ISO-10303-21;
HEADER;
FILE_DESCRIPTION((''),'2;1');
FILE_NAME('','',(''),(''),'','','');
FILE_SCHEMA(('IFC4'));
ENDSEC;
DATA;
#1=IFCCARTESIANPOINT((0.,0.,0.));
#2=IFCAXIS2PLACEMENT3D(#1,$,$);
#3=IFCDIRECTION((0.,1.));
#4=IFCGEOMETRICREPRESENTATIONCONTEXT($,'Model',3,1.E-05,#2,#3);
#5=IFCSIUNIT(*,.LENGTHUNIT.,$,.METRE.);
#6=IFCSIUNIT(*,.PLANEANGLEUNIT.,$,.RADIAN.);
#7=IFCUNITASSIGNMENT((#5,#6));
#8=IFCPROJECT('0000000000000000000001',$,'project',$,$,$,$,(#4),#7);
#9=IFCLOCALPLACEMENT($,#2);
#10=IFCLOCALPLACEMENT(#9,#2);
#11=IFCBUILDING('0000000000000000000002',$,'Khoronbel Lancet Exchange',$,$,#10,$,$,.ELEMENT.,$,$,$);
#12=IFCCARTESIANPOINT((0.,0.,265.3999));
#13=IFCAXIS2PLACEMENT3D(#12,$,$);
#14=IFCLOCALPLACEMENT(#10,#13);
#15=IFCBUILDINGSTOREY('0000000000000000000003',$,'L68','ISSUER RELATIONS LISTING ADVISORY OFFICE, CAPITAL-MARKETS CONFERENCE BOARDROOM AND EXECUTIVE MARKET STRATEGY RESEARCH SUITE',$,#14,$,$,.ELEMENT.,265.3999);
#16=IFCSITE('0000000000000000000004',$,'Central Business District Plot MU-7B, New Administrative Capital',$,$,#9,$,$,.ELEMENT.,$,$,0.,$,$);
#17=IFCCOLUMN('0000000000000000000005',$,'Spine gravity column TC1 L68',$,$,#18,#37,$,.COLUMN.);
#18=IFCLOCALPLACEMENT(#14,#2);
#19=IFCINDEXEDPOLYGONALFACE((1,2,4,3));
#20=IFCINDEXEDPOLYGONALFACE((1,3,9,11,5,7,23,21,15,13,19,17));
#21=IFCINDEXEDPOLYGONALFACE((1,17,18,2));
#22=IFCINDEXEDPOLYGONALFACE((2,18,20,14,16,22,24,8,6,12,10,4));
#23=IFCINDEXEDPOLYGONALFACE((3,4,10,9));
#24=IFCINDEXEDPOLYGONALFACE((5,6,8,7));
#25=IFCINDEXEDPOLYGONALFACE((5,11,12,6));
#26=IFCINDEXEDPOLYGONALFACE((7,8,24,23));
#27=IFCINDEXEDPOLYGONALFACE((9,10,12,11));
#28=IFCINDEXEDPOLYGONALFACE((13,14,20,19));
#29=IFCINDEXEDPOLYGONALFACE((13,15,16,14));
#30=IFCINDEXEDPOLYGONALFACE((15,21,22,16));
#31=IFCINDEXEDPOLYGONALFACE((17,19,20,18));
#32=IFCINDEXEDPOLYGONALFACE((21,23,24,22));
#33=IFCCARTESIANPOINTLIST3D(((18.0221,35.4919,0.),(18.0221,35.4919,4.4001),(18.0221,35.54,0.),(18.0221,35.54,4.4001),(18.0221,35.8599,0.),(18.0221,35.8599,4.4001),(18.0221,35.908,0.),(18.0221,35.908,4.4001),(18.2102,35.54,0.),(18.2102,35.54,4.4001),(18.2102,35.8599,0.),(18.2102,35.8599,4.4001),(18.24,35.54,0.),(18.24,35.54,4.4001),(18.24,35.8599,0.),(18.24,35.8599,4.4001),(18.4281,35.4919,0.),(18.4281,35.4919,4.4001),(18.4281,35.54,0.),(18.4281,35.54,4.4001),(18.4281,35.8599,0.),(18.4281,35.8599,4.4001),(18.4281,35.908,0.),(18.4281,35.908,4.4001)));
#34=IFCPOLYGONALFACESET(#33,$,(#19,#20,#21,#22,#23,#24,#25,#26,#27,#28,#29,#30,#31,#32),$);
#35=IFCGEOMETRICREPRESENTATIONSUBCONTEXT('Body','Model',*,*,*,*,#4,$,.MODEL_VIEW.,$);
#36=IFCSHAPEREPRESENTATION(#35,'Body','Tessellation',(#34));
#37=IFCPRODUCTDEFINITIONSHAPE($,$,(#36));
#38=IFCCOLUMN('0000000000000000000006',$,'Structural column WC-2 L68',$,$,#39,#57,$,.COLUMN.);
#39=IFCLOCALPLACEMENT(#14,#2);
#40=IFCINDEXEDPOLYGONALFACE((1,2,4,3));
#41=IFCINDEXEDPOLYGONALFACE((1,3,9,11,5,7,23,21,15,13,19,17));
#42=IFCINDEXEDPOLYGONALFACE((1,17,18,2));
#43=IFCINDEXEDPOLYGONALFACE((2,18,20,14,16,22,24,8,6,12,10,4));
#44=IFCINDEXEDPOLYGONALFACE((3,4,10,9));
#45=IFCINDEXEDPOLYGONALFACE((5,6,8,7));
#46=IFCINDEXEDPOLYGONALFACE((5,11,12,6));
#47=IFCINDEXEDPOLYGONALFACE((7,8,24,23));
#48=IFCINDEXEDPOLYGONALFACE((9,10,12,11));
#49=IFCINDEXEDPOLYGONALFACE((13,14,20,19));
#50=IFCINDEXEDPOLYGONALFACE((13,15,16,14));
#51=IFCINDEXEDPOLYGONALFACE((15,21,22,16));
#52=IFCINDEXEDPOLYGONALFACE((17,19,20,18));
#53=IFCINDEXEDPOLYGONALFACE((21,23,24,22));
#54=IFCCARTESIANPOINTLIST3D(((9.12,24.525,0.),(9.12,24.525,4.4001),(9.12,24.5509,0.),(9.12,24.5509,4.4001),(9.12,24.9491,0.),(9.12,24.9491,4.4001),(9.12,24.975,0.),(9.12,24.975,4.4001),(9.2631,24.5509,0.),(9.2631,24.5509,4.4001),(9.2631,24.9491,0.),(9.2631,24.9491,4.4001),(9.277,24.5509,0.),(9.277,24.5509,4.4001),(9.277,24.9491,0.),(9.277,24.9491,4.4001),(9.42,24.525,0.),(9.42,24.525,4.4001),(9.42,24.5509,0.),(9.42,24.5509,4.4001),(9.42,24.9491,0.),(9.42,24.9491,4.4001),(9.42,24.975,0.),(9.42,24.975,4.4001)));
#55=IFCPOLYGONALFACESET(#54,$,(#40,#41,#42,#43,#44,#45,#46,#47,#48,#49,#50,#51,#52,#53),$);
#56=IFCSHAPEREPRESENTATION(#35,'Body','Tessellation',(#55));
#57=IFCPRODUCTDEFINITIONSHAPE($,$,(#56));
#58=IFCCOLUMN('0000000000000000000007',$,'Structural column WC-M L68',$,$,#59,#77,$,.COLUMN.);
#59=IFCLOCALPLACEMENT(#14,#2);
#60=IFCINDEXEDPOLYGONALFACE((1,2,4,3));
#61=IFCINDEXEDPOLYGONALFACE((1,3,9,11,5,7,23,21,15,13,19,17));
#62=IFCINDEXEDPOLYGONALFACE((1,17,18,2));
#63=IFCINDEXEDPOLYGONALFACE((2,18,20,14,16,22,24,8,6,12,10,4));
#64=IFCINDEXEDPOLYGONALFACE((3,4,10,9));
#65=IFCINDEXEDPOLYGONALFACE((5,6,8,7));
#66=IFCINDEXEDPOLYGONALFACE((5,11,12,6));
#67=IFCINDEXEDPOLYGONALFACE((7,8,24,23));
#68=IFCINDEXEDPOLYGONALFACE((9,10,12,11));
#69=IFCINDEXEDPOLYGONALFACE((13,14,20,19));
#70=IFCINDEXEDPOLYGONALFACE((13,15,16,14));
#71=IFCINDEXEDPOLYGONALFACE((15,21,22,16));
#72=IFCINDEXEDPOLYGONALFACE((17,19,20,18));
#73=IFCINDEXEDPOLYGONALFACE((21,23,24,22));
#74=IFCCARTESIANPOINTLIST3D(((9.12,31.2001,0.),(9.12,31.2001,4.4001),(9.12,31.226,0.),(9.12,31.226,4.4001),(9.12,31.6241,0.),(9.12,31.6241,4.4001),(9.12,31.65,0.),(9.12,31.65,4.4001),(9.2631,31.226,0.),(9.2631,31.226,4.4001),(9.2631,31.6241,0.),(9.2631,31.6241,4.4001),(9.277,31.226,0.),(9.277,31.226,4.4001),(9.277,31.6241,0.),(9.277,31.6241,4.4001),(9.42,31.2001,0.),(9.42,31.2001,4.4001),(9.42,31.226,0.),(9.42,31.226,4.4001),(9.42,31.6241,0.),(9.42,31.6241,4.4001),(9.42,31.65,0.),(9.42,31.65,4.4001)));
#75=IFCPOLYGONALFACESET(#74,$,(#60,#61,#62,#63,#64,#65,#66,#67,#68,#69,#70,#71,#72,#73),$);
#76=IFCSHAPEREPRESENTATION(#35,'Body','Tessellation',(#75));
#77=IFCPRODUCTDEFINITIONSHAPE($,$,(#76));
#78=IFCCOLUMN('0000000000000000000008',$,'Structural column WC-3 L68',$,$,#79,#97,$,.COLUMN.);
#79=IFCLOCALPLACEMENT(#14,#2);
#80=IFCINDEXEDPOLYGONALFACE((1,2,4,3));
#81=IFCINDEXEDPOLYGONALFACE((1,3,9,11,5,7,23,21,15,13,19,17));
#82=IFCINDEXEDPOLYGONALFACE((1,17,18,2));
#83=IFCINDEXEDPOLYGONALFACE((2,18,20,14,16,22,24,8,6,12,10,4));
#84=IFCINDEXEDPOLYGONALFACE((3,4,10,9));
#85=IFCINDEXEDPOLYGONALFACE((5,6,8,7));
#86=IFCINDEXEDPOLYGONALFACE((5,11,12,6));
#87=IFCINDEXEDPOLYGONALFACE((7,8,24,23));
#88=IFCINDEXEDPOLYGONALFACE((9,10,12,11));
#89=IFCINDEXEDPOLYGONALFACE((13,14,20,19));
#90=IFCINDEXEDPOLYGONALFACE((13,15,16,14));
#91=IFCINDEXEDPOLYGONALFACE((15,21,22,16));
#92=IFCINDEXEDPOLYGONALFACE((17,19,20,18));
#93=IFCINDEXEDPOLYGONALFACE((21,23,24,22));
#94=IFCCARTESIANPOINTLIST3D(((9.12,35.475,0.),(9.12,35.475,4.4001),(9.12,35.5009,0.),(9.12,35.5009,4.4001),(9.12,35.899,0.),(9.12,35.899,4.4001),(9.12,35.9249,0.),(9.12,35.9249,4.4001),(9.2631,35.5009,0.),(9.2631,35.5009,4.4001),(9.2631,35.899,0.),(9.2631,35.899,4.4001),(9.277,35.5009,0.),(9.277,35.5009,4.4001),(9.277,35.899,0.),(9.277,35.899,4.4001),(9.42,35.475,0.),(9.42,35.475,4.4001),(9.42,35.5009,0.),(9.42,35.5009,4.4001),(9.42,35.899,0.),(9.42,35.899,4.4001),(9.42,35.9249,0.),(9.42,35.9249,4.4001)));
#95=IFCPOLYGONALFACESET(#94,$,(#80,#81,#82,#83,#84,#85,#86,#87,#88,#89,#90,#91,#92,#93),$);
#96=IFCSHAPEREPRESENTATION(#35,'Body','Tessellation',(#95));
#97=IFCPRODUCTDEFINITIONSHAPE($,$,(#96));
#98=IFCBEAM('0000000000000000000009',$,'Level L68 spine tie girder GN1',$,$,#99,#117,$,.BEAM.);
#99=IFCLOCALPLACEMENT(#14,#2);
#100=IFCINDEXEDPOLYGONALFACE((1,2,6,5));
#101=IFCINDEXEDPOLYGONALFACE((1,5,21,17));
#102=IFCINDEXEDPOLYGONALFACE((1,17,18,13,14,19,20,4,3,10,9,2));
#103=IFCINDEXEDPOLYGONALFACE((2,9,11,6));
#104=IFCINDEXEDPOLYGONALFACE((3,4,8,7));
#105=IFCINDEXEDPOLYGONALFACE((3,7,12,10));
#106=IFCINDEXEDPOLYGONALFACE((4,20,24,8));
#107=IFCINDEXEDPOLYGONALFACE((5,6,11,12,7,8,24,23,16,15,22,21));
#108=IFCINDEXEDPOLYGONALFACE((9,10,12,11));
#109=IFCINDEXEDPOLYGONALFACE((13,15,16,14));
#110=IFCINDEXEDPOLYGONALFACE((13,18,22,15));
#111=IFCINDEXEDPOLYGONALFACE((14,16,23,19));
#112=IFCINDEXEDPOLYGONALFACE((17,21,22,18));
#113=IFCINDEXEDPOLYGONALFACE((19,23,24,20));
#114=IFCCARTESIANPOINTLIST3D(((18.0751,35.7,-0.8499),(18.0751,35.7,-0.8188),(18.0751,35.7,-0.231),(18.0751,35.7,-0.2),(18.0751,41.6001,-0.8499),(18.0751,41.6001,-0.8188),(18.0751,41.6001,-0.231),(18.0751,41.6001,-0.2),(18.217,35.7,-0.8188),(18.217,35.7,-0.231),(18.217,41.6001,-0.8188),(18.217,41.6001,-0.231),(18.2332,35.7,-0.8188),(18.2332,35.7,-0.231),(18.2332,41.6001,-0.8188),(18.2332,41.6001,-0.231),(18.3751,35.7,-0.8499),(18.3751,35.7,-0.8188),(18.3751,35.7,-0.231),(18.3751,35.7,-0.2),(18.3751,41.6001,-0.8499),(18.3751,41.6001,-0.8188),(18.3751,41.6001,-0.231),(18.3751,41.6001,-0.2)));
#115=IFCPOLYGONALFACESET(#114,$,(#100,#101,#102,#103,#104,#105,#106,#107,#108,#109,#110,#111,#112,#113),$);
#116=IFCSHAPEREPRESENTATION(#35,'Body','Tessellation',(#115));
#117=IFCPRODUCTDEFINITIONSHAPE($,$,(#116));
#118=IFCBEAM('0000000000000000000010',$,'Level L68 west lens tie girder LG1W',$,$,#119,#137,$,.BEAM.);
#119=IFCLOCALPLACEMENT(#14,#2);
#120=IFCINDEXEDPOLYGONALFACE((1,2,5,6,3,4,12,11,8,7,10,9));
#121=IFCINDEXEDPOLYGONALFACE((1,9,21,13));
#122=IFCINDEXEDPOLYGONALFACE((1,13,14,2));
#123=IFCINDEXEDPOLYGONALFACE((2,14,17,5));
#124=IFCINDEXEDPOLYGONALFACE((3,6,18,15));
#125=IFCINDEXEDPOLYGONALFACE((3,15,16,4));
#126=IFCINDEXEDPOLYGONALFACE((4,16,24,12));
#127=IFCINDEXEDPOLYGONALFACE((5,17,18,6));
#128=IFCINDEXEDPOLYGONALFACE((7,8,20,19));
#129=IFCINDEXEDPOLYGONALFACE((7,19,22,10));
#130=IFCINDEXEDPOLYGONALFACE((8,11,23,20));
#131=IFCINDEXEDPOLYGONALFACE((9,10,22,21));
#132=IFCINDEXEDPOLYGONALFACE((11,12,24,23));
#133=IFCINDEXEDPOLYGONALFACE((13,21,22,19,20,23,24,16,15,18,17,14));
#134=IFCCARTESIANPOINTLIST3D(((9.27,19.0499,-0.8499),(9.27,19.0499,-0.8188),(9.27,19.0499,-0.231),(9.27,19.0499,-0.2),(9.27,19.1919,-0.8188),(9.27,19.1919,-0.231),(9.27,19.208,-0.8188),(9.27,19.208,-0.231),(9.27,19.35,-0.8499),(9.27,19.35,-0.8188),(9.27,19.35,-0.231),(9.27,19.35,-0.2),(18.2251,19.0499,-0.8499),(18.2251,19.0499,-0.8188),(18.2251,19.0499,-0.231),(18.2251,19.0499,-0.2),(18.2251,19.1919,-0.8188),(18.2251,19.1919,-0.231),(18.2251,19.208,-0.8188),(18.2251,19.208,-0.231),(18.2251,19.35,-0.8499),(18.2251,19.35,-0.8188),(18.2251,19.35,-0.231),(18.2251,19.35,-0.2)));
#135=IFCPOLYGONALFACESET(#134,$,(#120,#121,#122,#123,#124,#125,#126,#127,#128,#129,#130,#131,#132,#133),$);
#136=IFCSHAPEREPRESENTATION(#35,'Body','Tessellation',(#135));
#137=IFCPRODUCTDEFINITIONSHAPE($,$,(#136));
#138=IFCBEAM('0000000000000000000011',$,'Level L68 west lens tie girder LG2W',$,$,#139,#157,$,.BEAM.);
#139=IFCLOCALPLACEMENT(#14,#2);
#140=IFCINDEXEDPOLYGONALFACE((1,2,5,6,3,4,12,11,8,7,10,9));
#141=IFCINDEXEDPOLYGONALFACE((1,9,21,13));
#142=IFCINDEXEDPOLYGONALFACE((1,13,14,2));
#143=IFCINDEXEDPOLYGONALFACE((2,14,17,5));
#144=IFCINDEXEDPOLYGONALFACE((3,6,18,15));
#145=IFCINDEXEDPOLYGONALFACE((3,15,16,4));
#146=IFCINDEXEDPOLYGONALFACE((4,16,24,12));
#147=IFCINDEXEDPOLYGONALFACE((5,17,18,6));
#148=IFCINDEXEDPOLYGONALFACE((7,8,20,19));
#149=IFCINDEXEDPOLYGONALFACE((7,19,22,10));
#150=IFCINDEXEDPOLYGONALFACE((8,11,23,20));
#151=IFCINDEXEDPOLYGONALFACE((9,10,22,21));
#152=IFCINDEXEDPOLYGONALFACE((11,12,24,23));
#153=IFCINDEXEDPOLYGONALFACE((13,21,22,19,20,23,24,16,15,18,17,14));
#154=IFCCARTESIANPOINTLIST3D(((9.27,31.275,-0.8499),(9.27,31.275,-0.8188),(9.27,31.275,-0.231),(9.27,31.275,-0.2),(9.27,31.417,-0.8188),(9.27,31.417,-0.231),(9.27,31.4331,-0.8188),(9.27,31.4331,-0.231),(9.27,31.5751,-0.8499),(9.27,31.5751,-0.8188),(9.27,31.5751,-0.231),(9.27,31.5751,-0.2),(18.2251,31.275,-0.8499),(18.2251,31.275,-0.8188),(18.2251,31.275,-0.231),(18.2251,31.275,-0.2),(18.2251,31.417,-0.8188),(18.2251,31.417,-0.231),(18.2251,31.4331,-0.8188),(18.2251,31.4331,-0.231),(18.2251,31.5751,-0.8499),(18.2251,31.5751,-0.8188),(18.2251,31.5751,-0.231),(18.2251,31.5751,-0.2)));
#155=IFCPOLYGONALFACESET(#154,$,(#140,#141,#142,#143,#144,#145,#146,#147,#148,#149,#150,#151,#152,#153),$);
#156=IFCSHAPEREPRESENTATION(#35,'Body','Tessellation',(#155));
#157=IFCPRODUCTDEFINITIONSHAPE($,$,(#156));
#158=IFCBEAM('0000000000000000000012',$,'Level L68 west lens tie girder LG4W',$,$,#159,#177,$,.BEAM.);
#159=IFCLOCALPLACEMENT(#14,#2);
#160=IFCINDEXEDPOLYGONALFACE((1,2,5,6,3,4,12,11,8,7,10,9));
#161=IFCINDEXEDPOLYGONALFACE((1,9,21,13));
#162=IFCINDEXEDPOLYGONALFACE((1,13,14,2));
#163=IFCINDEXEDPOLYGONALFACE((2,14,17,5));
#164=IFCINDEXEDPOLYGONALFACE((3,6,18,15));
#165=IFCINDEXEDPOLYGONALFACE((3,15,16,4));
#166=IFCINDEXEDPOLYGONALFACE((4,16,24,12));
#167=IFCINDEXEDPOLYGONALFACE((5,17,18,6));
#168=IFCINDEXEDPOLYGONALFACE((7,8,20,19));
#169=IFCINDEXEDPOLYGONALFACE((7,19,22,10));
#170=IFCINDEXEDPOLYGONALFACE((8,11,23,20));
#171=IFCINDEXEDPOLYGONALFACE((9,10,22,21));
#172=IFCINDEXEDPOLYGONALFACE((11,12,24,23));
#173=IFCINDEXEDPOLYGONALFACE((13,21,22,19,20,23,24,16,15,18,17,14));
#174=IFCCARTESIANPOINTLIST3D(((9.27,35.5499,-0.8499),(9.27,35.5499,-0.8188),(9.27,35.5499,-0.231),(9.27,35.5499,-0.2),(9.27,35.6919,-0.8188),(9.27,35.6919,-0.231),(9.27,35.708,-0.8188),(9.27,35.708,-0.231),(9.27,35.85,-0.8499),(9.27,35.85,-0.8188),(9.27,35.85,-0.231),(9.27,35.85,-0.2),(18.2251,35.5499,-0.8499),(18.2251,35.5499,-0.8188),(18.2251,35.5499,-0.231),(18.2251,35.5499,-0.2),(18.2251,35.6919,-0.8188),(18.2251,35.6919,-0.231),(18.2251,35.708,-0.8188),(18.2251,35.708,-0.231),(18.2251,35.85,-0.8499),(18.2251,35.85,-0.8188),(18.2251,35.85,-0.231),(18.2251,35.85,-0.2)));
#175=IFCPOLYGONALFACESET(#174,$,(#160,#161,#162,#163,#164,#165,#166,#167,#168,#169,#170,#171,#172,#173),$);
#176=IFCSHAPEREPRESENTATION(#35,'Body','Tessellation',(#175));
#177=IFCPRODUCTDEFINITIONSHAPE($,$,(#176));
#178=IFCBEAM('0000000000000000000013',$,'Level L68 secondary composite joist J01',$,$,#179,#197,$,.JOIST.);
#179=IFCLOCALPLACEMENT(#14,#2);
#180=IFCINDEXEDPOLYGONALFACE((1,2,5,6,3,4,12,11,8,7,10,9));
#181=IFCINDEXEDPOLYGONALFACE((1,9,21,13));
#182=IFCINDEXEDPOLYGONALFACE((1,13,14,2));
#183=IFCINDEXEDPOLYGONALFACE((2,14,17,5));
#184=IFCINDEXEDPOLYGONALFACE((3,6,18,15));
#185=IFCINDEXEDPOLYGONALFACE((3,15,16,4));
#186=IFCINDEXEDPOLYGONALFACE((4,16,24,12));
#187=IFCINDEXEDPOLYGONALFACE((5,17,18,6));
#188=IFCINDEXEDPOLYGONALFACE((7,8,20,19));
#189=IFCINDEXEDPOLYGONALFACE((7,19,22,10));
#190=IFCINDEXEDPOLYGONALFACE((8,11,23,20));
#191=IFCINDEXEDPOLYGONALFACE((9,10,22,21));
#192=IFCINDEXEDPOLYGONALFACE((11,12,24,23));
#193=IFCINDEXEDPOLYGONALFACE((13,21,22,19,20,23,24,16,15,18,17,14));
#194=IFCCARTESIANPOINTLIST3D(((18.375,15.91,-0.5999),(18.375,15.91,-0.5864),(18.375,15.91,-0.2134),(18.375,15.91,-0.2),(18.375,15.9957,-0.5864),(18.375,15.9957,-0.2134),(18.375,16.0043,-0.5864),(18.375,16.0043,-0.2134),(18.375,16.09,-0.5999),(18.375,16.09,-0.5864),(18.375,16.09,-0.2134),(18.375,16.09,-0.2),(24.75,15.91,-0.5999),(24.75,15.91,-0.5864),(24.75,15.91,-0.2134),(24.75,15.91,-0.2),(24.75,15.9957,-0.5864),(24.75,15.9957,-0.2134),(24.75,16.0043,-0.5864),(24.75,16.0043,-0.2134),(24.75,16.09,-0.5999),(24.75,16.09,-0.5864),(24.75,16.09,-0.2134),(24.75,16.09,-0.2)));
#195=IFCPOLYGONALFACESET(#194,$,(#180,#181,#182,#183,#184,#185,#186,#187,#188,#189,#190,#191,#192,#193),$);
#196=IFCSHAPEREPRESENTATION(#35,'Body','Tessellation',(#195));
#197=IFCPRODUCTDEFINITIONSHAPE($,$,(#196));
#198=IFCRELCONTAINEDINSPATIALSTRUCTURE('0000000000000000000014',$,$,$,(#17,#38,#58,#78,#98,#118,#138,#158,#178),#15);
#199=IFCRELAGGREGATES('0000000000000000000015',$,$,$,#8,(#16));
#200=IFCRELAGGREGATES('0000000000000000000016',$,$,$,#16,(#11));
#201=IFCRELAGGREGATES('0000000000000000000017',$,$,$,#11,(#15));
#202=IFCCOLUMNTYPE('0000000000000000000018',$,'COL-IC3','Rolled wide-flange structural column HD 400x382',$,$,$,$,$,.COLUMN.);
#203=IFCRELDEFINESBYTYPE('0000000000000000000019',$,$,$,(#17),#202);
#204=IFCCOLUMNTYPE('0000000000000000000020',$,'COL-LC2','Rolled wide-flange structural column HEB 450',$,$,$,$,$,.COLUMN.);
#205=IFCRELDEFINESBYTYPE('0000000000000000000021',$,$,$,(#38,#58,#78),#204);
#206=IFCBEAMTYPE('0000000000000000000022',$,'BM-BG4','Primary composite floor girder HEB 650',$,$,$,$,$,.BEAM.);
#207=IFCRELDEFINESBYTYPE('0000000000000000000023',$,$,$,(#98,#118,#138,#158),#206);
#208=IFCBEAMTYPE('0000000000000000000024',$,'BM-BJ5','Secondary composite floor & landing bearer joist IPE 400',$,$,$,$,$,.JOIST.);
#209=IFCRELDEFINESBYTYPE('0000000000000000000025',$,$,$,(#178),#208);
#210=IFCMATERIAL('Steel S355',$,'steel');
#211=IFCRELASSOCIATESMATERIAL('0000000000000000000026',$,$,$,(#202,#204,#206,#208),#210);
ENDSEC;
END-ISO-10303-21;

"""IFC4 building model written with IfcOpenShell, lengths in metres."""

from ifc_helpers import new_model, si_unit, direction, frame, origin, origin_2d, place, context, subcontext, project, spatial, i_section, extrude, material, material_profile, profile_set, type_object, element, save


model = new_model("IFC4")

# Units and contexts
model_context = context("Model", 3, precision=1e-05, world=origin(), true_north=direction((0.0, 1.0)))
body_context = subcontext(model_context, "Body", "Model", "MODEL_VIEW")
ifc_project = project(units=[si_unit("LENGTHUNIT", "METRE"), si_unit("PLANEANGLEUNIT", "RADIAN")], contexts=[model_context])

# Site, building, storey
site_placement = place(None, origin())
site = spatial("IfcSite", under=ifc_project, at=site_placement, Name="Central Business District Plot MU-7B, New Administrative Capital", CompositionType="ELEMENT", RefElevation=0.0)
building_placement = place(site_placement, origin())
building = spatial("IfcBuilding", under=site, at=building_placement, Name="Khoronbel Lancet Exchange", CompositionType="ELEMENT")
storey_placement = place(building_placement, frame((0.0, 0.0, 265.3999)))
storey = spatial("IfcBuildingStorey", under=building, at=storey_placement, Name="L68", Description="ISSUER RELATIONS LISTING ADVISORY OFFICE, CAPITAL-MARKETS CONFERENCE BOARDROOM AND EXECUTIVE MARKET STRATEGY RESEARCH SUITE", CompositionType="ELEMENT", Elevation=265.3999)

# Columns
ifc_material_1 = material(Name="Steel S355", Category="steel")
ifc_material_profile_1 = material_profile(ifc_material_1, i_section(OverallWidth=0.406, OverallDepth=0.416, WebThickness=0.0298, FlangeThickness=0.0481, at=origin_2d()), Name="HD 400x382")
ifc_profile_set_1 = profile_set([ifc_material_profile_1], Name="Steel S355")
column_type_1 = type_object("IfcColumnType", Name="COL-IC3", Description="Rolled wide-flange structural column HD 400x382", PredefinedType="COLUMN", material=ifc_profile_set_1)
column_placement = place(storey_placement, frame((18.2251, 35.7, 0.0), z_axis=(0.0, 0.0, 1.0), x_axis=(1.0, 0.0, 0.0)))
element("IfcColumn", 1, at=column_placement, inside=storey, type_object=column_type_1, Name="Spine gravity column TC1 L68", PredefinedType="COLUMN", context=body_context, shape_type="SweptSolid", body=[
    extrude(i_section(OverallWidth=0.406, OverallDepth=0.416, WebThickness=0.0298, FlangeThickness=0.0481, at=origin_2d()), origin(), (0.0, 0.0, 1.0), 4.4001),
])
ifc_material_profile_2 = material_profile(ifc_material_1, i_section(OverallWidth=0.3, OverallDepth=0.45, WebThickness=0.0139, FlangeThickness=0.0259, at=origin_2d()), Name="HEB 450")
ifc_profile_set_2 = profile_set([ifc_material_profile_2], Name="Steel S355")
column_type_2 = type_object("IfcColumnType", Name="COL-LC2", Description="Rolled wide-flange structural column HEB 450", PredefinedType="COLUMN", material=ifc_profile_set_2)
for number, where, z_axis, x_axis, name in (
    (2, (9.27, 24.75, 0.0), (0.0, 0.0, 1.0), (1.0, 0.0, 0.0), "Structural column WC-2 L68"),
    (3, (9.27, 31.425, 0.0), (0.0, 0.0, 1.0), (1.0, 0.0, 0.0), "Structural column WC-M L68"),
    (4, (9.27, 35.7, 0.0), (0.0, 0.0, 1.0), (1.0, 0.0, 0.0), "Structural column WC-3 L68"),
):
    element("IfcColumn", number, at=place(storey_placement, frame(where, z_axis=z_axis, x_axis=x_axis)), inside=storey, type_object=column_type_2, Name=name, PredefinedType="COLUMN", context=body_context, shape_type="SweptSolid", body=[
        extrude(i_section(OverallWidth=0.3, OverallDepth=0.45, WebThickness=0.0139, FlangeThickness=0.0259, at=origin_2d()), origin(), (0.0, 0.0, 1.0), 4.4001),
    ])

# Beams
ifc_material_profile_3 = material_profile(ifc_material_1, i_section(OverallWidth=0.3, OverallDepth=0.6499, WebThickness=0.0161, FlangeThickness=0.031, at=origin_2d()), Name="HEB 650")
ifc_profile_set_3 = profile_set([ifc_material_profile_3], Name="Steel S355")
beam_type_1 = type_object("IfcBeamType", Name="BM-BG4", Description="Primary composite floor girder HEB 650", PredefinedType="BEAM", material=ifc_profile_set_3)
beam_1_placement = place(storey_placement, frame((18.2251, 35.7, -0.5249), z_axis=(0.0, 1.0, 0.0), x_axis=(-1.0, 0.0, 0.0)))
element("IfcBeam", 5, at=beam_1_placement, inside=storey, type_object=beam_type_1, Name="Level L68 spine tie girder GN1", PredefinedType="BEAM", context=body_context, shape_type="SweptSolid", body=[
    extrude(i_section(OverallWidth=0.3, OverallDepth=0.6499, WebThickness=0.0161, FlangeThickness=0.031, at=origin_2d()), origin(), (0.0, 0.0, 1.0), 5.9001),
])
for number, where, z_axis, x_axis, name in (
    (6, (9.27, 19.2, -0.5249), (1.0, 0.0, 0.0), (0.0, 1.0, 0.0), "Level L68 west lens tie girder LG1W"),
    (7, (9.27, 31.425, -0.5249), (1.0, 0.0, 0.0), (0.0, 1.0, 0.0), "Level L68 west lens tie girder LG2W"),
    (8, (9.27, 35.7, -0.5249), (1.0, 0.0, 0.0), (0.0, 1.0, 0.0), "Level L68 west lens tie girder LG4W"),
):
    element("IfcBeam", number, at=place(storey_placement, frame(where, z_axis=z_axis, x_axis=x_axis)), inside=storey, type_object=beam_type_1, Name=name, PredefinedType="BEAM", context=body_context, shape_type="SweptSolid", body=[
        extrude(i_section(OverallWidth=0.3, OverallDepth=0.6499, WebThickness=0.0161, FlangeThickness=0.031, at=origin_2d()), origin(), (0.0, 0.0, 1.0), 8.9551),
    ])
ifc_material_profile_4 = material_profile(ifc_material_1, i_section(OverallWidth=0.1799, OverallDepth=0.3999, WebThickness=0.0085, FlangeThickness=0.0134, at=origin_2d()), Name="IPE 400")
ifc_profile_set_4 = profile_set([ifc_material_profile_4], Name="Steel S355")
beam_type_2 = type_object("IfcBeamType", Name="BM-BJ5", Description="Secondary composite floor & landing bearer joist IPE 400", PredefinedType="JOIST", material=ifc_profile_set_4)
beam_2_placement = place(storey_placement, frame((18.375, 16.0, -0.3999), z_axis=(1.0, 0.0, 0.0), x_axis=(0.0, 1.0, 0.0)))
element("IfcBeam", 9, at=beam_2_placement, inside=storey, type_object=beam_type_2, Name="Level L68 secondary composite joist J01", PredefinedType="JOIST", context=body_context, shape_type="SweptSolid", body=[
    extrude(i_section(OverallWidth=0.1799, OverallDepth=0.3999, WebThickness=0.0085, FlangeThickness=0.0134, at=origin_2d()), origin(), (0.0, 0.0, 1.0), 6.375),
])

save(model, "model.ifc")
